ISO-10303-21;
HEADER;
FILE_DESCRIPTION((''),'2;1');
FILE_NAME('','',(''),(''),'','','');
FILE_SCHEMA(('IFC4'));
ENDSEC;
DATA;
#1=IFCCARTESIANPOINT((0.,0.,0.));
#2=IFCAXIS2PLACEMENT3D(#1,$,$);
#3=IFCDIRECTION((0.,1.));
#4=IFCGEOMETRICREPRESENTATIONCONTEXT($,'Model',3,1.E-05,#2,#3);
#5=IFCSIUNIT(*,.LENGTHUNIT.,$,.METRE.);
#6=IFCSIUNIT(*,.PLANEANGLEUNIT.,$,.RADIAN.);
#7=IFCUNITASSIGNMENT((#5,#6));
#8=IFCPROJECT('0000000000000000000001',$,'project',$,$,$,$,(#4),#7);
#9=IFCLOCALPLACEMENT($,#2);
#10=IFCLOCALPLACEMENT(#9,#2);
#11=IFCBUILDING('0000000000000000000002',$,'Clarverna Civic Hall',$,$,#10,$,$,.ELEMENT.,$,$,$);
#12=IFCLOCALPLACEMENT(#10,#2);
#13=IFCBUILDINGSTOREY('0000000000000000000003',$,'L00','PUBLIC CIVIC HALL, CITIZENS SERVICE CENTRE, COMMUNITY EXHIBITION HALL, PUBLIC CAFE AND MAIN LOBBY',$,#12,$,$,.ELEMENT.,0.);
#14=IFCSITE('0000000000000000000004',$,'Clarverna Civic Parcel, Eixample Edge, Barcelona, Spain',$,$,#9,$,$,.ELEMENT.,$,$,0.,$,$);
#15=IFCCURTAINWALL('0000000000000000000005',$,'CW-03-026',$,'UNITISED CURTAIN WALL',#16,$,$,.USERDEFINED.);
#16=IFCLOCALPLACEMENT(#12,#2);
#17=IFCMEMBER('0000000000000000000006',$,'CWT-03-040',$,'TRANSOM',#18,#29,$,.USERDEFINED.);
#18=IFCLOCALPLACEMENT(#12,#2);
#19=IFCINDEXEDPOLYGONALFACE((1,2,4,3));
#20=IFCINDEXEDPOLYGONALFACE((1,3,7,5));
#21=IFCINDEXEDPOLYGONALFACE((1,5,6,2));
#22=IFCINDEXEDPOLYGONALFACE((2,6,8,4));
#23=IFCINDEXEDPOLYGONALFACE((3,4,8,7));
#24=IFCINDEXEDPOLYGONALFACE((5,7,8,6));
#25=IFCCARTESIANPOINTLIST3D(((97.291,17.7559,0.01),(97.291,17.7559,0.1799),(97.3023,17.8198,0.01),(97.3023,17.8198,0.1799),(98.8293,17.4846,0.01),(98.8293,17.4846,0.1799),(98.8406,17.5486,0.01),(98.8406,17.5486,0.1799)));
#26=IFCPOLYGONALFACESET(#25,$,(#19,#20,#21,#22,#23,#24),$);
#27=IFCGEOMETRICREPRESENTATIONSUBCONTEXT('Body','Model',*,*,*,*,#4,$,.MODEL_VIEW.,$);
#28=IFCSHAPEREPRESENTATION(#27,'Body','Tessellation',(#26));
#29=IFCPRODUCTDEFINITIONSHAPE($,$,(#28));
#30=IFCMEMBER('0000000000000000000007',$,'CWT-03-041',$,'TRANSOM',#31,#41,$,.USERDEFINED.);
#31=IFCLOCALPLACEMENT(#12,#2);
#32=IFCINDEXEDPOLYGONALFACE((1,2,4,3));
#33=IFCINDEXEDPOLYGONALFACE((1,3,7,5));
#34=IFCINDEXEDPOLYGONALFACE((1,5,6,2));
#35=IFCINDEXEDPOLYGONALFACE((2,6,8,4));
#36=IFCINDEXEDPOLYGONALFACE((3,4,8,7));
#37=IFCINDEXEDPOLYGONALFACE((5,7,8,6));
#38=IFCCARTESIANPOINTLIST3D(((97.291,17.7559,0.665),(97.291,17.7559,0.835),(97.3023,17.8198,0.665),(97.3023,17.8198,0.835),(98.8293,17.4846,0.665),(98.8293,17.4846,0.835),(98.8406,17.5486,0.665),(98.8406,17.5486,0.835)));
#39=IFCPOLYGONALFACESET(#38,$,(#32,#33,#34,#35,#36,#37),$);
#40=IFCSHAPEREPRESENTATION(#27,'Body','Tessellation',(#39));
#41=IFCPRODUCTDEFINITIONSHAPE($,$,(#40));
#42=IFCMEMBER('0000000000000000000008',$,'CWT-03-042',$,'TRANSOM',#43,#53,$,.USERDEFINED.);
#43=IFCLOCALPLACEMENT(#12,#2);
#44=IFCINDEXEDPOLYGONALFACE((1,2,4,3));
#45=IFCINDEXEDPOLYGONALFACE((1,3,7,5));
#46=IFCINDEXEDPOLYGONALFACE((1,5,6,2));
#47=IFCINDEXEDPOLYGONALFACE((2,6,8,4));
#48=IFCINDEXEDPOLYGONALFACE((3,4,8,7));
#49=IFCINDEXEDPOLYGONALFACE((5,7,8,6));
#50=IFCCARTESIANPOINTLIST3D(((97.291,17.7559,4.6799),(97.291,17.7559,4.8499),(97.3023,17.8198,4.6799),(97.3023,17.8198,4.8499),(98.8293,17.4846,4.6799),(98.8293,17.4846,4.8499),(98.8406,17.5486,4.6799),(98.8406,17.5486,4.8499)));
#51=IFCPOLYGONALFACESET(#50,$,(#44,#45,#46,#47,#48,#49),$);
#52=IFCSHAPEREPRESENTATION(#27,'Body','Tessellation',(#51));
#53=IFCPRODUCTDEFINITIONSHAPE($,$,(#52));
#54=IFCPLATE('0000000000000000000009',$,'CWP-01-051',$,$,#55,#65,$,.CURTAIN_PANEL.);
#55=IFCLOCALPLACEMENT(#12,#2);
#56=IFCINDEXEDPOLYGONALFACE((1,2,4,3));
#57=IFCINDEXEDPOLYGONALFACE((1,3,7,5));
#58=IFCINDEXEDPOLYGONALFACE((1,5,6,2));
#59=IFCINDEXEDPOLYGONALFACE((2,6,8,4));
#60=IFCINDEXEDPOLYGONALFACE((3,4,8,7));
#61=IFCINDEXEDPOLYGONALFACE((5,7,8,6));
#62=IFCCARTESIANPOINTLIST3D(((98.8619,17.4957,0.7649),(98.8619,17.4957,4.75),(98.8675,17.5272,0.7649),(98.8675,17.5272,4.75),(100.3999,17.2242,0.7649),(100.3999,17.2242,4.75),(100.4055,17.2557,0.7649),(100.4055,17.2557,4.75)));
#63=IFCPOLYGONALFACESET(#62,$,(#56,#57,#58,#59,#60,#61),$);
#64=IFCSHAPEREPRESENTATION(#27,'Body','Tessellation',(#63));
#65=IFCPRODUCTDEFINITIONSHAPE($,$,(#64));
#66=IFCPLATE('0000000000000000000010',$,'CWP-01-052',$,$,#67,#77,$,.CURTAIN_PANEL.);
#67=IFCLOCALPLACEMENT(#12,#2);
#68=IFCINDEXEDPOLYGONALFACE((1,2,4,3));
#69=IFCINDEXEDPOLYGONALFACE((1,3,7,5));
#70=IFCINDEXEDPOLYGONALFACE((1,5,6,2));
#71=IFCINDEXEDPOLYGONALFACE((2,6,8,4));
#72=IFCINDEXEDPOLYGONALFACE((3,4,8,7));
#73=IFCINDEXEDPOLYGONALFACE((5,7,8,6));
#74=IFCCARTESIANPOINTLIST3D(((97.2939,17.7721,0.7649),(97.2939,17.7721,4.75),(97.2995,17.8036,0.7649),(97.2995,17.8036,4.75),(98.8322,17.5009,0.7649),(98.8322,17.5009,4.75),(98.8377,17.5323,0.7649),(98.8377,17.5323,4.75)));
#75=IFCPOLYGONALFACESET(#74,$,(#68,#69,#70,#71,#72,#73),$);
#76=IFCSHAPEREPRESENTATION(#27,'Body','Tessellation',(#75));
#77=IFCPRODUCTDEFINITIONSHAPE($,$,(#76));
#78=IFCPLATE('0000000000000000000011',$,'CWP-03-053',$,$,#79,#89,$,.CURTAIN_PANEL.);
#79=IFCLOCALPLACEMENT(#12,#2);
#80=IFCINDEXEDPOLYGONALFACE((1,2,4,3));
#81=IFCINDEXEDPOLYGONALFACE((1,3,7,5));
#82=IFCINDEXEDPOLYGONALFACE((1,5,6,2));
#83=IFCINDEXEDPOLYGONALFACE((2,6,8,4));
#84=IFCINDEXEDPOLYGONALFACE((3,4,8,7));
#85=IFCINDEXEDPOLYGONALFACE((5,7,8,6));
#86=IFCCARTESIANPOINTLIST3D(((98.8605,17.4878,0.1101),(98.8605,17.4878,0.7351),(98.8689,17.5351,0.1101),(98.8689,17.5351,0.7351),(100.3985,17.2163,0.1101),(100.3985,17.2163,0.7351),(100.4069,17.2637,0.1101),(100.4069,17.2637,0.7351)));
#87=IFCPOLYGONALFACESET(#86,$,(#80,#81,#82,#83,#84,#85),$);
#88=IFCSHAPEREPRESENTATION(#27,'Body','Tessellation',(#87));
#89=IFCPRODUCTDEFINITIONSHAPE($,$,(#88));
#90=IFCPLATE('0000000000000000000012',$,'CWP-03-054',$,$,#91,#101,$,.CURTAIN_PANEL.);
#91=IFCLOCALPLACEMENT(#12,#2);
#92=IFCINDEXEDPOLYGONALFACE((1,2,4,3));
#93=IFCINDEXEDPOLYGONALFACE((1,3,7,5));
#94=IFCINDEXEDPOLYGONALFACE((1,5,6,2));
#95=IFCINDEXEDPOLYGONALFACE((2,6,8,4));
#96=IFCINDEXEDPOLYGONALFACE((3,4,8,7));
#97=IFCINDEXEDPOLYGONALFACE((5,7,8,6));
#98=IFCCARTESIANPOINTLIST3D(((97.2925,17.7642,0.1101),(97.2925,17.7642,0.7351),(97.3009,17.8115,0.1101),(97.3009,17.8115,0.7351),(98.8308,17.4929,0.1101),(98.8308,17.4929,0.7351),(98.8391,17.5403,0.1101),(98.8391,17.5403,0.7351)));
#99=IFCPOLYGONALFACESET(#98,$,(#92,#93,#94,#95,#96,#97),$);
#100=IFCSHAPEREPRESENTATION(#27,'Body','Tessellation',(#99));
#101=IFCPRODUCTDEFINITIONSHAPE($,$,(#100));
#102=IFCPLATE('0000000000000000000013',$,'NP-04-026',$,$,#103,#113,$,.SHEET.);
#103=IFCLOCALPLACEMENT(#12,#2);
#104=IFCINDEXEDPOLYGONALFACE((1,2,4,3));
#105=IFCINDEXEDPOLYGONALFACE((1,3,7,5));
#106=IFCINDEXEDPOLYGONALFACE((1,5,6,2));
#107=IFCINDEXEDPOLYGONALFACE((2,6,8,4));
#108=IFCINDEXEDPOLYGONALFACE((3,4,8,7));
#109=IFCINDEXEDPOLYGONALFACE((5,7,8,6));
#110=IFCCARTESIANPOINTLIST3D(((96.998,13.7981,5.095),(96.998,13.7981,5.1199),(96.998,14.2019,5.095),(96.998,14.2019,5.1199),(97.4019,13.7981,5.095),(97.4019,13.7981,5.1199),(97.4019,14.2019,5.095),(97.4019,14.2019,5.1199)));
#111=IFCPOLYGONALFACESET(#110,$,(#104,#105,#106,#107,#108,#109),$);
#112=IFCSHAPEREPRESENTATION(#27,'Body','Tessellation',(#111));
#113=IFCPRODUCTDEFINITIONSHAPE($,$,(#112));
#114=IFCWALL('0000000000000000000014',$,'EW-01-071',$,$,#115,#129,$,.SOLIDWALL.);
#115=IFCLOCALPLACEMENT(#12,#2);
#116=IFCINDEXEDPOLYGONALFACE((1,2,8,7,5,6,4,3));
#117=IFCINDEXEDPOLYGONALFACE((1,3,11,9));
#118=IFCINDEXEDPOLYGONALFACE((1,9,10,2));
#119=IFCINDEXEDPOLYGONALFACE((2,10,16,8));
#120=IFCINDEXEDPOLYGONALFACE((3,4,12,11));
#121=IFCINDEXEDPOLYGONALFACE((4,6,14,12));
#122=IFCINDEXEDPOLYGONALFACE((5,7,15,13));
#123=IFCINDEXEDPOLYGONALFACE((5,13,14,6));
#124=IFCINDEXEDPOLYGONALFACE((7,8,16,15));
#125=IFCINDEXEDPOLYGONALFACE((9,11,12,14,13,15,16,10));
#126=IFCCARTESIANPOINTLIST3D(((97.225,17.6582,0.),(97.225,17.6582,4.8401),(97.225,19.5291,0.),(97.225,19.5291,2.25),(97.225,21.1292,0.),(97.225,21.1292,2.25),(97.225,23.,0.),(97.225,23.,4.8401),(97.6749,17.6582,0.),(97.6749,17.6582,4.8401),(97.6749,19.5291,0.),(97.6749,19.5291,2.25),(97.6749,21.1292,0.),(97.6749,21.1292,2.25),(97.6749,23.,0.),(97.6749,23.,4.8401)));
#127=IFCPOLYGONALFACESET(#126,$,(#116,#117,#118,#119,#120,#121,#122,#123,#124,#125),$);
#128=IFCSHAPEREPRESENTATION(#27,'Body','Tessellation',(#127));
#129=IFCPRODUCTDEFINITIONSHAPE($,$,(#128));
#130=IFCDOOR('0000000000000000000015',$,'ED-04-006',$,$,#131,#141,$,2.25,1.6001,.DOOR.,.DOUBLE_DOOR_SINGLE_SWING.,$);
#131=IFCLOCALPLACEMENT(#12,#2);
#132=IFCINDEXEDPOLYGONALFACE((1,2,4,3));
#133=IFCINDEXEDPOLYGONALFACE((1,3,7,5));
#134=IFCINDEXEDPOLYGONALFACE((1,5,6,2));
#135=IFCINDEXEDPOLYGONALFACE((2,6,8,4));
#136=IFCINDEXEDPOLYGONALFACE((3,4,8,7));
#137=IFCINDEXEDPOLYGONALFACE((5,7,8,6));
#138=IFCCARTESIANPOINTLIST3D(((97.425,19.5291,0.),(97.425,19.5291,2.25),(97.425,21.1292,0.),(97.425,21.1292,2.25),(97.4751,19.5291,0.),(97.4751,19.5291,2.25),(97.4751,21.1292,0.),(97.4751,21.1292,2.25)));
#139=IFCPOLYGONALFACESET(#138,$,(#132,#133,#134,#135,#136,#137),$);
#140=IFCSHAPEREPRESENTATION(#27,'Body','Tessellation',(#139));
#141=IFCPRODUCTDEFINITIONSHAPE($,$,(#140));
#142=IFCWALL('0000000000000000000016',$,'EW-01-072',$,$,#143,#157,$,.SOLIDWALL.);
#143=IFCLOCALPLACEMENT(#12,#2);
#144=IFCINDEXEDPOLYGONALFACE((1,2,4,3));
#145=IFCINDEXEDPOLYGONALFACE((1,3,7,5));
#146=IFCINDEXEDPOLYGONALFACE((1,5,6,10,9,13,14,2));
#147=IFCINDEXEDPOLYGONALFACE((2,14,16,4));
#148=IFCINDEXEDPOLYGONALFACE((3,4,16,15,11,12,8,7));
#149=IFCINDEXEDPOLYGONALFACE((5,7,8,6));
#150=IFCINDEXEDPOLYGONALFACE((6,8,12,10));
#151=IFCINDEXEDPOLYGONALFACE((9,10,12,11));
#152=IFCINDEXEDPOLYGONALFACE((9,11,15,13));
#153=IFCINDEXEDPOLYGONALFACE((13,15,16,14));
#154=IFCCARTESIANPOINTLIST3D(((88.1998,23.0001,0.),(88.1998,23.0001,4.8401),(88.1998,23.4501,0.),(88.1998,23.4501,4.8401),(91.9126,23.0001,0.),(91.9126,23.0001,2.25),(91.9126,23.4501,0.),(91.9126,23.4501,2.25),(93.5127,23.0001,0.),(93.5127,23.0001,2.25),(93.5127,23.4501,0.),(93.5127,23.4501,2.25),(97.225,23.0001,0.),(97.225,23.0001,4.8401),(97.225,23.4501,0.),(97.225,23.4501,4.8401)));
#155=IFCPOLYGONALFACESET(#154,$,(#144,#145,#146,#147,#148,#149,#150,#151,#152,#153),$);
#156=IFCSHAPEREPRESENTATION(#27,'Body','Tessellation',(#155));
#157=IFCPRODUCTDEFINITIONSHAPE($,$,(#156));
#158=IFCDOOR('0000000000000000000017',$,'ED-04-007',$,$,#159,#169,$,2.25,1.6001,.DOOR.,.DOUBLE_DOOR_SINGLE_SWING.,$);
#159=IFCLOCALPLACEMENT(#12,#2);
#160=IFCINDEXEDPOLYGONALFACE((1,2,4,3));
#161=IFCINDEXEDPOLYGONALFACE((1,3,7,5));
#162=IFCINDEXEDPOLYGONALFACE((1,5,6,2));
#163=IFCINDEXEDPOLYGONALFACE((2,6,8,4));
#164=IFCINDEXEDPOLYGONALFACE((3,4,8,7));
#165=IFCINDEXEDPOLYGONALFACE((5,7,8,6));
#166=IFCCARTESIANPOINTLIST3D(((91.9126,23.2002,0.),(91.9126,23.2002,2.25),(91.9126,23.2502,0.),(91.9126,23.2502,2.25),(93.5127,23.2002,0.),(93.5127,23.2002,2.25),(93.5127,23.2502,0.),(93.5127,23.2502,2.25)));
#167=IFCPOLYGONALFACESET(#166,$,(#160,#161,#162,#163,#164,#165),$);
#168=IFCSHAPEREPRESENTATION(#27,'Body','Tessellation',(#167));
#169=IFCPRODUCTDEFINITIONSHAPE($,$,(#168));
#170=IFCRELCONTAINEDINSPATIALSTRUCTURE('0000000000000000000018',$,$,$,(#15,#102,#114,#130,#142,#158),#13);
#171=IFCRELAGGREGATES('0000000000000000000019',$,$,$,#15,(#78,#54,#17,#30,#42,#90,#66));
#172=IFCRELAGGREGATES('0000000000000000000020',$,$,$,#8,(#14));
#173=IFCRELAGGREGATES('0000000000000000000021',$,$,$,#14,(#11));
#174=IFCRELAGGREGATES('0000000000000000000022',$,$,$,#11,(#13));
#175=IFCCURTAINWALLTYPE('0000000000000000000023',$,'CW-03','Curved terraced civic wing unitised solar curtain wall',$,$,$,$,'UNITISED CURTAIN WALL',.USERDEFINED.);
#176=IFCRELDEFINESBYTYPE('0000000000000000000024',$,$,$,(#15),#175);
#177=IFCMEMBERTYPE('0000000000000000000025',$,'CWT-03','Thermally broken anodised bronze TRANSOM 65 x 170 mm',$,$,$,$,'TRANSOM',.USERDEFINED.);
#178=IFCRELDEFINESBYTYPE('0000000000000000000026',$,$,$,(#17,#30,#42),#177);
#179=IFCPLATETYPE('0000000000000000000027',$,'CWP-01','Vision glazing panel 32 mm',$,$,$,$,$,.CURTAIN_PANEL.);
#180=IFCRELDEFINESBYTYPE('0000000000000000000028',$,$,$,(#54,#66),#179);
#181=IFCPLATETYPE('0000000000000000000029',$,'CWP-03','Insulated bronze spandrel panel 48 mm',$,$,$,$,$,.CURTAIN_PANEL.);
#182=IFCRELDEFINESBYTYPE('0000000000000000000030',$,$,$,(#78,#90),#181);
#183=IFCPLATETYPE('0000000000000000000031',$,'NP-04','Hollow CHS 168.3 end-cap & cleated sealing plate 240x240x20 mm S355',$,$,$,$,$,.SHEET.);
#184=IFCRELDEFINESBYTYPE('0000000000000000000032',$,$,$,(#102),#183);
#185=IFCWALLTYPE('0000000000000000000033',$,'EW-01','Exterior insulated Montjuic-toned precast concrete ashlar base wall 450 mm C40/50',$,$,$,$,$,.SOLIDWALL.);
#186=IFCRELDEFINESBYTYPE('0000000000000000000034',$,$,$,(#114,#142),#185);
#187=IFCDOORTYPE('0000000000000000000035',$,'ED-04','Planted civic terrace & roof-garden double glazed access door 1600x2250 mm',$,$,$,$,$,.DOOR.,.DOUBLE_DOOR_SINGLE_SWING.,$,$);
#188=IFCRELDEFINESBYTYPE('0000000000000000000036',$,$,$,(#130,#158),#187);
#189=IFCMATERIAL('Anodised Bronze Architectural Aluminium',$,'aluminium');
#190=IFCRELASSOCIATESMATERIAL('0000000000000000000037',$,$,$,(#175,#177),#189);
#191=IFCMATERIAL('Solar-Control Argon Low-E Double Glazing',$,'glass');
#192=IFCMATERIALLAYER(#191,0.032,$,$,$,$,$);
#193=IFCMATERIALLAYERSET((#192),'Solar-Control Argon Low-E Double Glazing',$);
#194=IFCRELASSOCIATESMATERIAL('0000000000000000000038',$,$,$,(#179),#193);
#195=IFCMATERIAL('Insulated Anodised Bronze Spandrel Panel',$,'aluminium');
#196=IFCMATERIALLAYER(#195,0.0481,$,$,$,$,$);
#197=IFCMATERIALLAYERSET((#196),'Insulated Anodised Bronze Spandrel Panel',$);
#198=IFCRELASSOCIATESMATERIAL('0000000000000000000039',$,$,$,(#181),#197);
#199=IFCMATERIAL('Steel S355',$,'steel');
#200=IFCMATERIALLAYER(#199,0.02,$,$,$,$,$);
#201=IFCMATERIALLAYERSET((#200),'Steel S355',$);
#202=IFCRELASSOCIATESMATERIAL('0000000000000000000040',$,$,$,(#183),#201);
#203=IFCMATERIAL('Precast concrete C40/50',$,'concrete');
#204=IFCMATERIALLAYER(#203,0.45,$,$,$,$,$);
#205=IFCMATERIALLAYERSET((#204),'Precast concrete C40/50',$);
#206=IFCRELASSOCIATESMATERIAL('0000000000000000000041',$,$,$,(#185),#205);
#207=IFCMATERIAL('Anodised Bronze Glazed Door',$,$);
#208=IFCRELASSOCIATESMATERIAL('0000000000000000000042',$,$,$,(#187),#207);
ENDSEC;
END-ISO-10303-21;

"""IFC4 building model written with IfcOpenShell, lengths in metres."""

from ifc_helpers import new_model, si_unit, direction, frame, frame_2d, origin, origin_2d, place, context, subcontext, project, spatial, rectangle, extrude, material, layer, layer_set, material_profile, profile_set, type_object, element, fill, aggregate, save


model = new_model("IFC4")

# Units and contexts
model_context = context("Model", 3, precision=1e-05, world=origin(), true_north=direction((0.0, 1.0)))
body_context = subcontext(model_context, "Body", "Model", "MODEL_VIEW")
ifc_project = project(units=[si_unit("LENGTHUNIT", "METRE"), si_unit("PLANEANGLEUNIT", "RADIAN")], contexts=[model_context])

# Site, building, storey
site_placement = place(None, origin())
site = spatial("IfcSite", under=ifc_project, at=site_placement, Name="Clarverna Civic Parcel, Eixample Edge, Barcelona, Spain", CompositionType="ELEMENT", RefElevation=0.0)
building_placement = place(site_placement, origin())
building = spatial("IfcBuilding", under=site, at=building_placement, Name="Clarverna Civic Hall", CompositionType="ELEMENT")
storey_placement = place(building_placement, origin())
storey = spatial("IfcBuildingStorey", under=building, at=storey_placement, Name="L00", Description="PUBLIC CIVIC HALL, CITIZENS SERVICE CENTRE, COMMUNITY EXHIBITION HALL, PUBLIC CAFE AND MAIN LOBBY", CompositionType="ELEMENT", Elevation=0.0)

# Shared definitions
ifc_material_1 = material(Name="Precast concrete C40/50", Category="concrete")
ifc_material_2 = material(Name="Steel S355", Category="steel")

# Shared definitions
ifc_material_3 = material(Name="Anodised Bronze Architectural Aluminium", Category="aluminium")
curtain_wall_type = type_object("IfcCurtainWallType", Name="CW-03", Description="Curved terraced civic wing unitised solar curtain wall", ElementType="UNITISED CURTAIN WALL", PredefinedType="USERDEFINED", material=ifc_material_3)

# Curtain wall, members, plates
curtain_wall_1_placement = place(storey_placement, origin())
curtain_wall_1 = element("IfcCurtainWall", 1, at=curtain_wall_1_placement, inside=storey, type_object=curtain_wall_type, Name="CW-03-026", ObjectType="UNITISED CURTAIN WALL", PredefinedType="USERDEFINED")
ifc_material_profile_1 = material_profile(ifc_material_3, rectangle(XDim=0.0649, YDim=0.1699, at=origin_2d()), Name="BRONZE 65x170")
ifc_profile_set_1 = profile_set([ifc_material_profile_1], Name="Anodised Bronze Architectural Aluminium")
member_type_1 = type_object("IfcMemberType", Name="CWT-03", Description="Thermally broken anodised bronze TRANSOM 65 x 170 mm", ElementType="TRANSOM", PredefinedType="USERDEFINED", material=ifc_profile_set_1)
member_1_placement = place(storey_placement, frame((98.835, 17.5166, 0.095), z_axis=(-0.984809, 0.173643, 0.0), x_axis=(-0.173643, -0.984809, 0.0)))
member_1 = element("IfcMember", 2, at=member_1_placement, type_object=member_type_1, Name="CWT-03-040", ObjectType="TRANSOM", PredefinedType="USERDEFINED", context=body_context, shape_type="SweptSolid", body=[
    extrude(rectangle(XDim=0.0649, YDim=0.1699, at=origin_2d()), origin(), (0.0, 0.0, 1.0), 1.562),
])
member_2_placement = place(storey_placement, frame((98.835, 17.5166, 0.75), z_axis=(-0.984809, 0.173643, 0.0), x_axis=(-0.173643, -0.984809, 0.0)))
member_2 = element("IfcMember", 3, at=member_2_placement, type_object=member_type_1, Name="CWT-03-041", ObjectType="TRANSOM", PredefinedType="USERDEFINED", context=body_context, shape_type="SweptSolid", body=[
    extrude(rectangle(XDim=0.0649, YDim=0.1699, at=origin_2d()), origin(), (0.0, 0.0, 1.0), 1.562),
])
member_3_placement = place(storey_placement, frame((98.835, 17.5166, 4.7649), z_axis=(-0.984809, 0.173643, 0.0), x_axis=(-0.173643, -0.984809, 0.0)))
member_3 = element("IfcMember", 4, at=member_3_placement, type_object=member_type_1, Name="CWT-03-042", ObjectType="TRANSOM", PredefinedType="USERDEFINED", context=body_context, shape_type="SweptSolid", body=[
    extrude(rectangle(XDim=0.0649, YDim=0.1699, at=origin_2d()), origin(), (0.0, 0.0, 1.0), 1.562),
])
ifc_material_4 = material(Name="Solar-Control Argon Low-E Double Glazing", Category="glass")
ifc_layer_1 = layer(ifc_material_4, 0.032)
ifc_layer_set_1 = layer_set([ifc_layer_1], Name="Solar-Control Argon Low-E Double Glazing")
plate_type_1 = type_object("IfcPlateType", Name="CWP-01", Description="Vision glazing panel 32 mm", PredefinedType="CURTAIN_PANEL", material=ifc_layer_set_1)
plate_1_placement = place(storey_placement, frame((100.4026, 17.24, 0.7649), z_axis=(0.0, 0.0, 1.0), x_axis=(-0.984777, 0.173821, 0.0)))
plate_1 = element("IfcPlate", 5, at=plate_1_placement, type_object=plate_type_1, Name="CWP-01-051", PredefinedType="CURTAIN_PANEL", context=body_context, shape_type="SweptSolid", body=[
    extrude(rectangle(XDim=1.5618, YDim=0.032, at=frame_2d((0.7808, 0.0))), origin(), (0.0, 0.0, 1.0), 3.9851),
])
plate_2_placement = place(storey_placement, frame((98.835, 17.5166, 0.7649), z_axis=(0.0, 0.0, 1.0), x_axis=(-0.984809, 0.173643, 0.0)))
plate_2 = element("IfcPlate", 6, at=plate_2_placement, type_object=plate_type_1, Name="CWP-01-052", PredefinedType="CURTAIN_PANEL", context=body_context, shape_type="SweptSolid", body=[
    extrude(rectangle(XDim=1.562, YDim=0.032, at=frame_2d((0.781, 0.0))), origin(), (0.0, 0.0, 1.0), 3.9851),
])
ifc_material_5 = material(Name="Insulated Anodised Bronze Spandrel Panel", Category="aluminium")
ifc_layer_2 = layer(ifc_material_5, 0.0481)
ifc_layer_set_2 = layer_set([ifc_layer_2], Name="Insulated Anodised Bronze Spandrel Panel")
plate_type_2 = type_object("IfcPlateType", Name="CWP-03", Description="Insulated bronze spandrel panel 48 mm", PredefinedType="CURTAIN_PANEL", material=ifc_layer_set_2)
plate_3_placement = place(storey_placement, frame((100.4026, 17.24, 0.1101), z_axis=(0.0, 0.0, 1.0), x_axis=(-0.984777, 0.173821, 0.0)))
plate_3 = element("IfcPlate", 7, at=plate_3_placement, type_object=plate_type_2, Name="CWP-03-053", PredefinedType="CURTAIN_PANEL", context=body_context, shape_type="SweptSolid", body=[
    extrude(rectangle(XDim=1.5618, YDim=0.0481, at=frame_2d((0.7808, 0.0))), origin(), (0.0, 0.0, 1.0), 0.625),
])
plate_4_placement = place(storey_placement, frame((98.835, 17.5166, 0.1101), z_axis=(0.0, 0.0, 1.0), x_axis=(-0.984809, 0.173643, 0.0)))
plate_4 = element("IfcPlate", 8, at=plate_4_placement, type_object=plate_type_2, Name="CWP-03-054", PredefinedType="CURTAIN_PANEL", context=body_context, shape_type="SweptSolid", body=[
    extrude(rectangle(XDim=1.562, YDim=0.0481, at=frame_2d((0.781, 0.0))), origin(), (0.0, 0.0, 1.0), 0.625),
])
aggregate(curtain_wall_1, [plate_3, plate_1, member_1, member_2, member_3, plate_4, plate_2])

# Plate
ifc_layer_3 = layer(ifc_material_2, 0.02)
ifc_layer_set_3 = layer_set([ifc_layer_3], Name="Steel S355")
plate_type_3 = type_object("IfcPlateType", Name="NP-04", Description="Hollow CHS 168.3 end-cap & cleated sealing plate 240x240x20 mm S355", PredefinedType="SHEET", material=ifc_layer_set_3)
plate_5_placement = place(storey_placement, frame((97.2, 14.0, 5.095), z_axis=(0.0, 0.0, 1.0), x_axis=(1.0, 0.0, 0.0)))
element("IfcPlate", 9, at=plate_5_placement, inside=storey, type_object=plate_type_3, Name="NP-04-026", PredefinedType="SHEET", context=body_context, shape_type="SweptSolid", body=[
    extrude(rectangle(XDim=0.4038, YDim=0.4038, at=origin_2d()), origin(), (0.0, 0.0, 1.0), 0.0249),
])

# Walls, openings, doors
ifc_layer_4 = layer(ifc_material_1, 0.45)
ifc_layer_set_4 = layer_set([ifc_layer_4], Name="Precast concrete C40/50")
wall_type = type_object("IfcWallType", Name="EW-01", Description="Exterior insulated Montjuic-toned precast concrete ashlar base wall 450 mm C40/50", PredefinedType="SOLIDWALL", material=ifc_layer_set_4)
wall_1_placement = place(storey_placement, frame((97.45, 17.6582, 0.0), z_axis=(0.0, 0.0, 1.0), x_axis=(0.0, 1.0, 0.0)))
wall_1 = element("IfcWall", 10, at=wall_1_placement, inside=storey, type_object=wall_type, Name="EW-01-071", PredefinedType="SOLIDWALL", context=body_context, shape_type="SweptSolid", body=[
    extrude(rectangle(XDim=5.3418, YDim=0.45, at=frame_2d((2.6709, 0.0))), origin(), (0.0, 0.0, 1.0), 4.8401),
])
opening_1_placement = place(wall_1_placement, frame((1.8708, 0.0, 0.0)))
opening_1 = element("IfcOpeningElement", 11, at=opening_1_placement, cuts=wall_1, PredefinedType="OPENING", context=body_context, shape_type="SweptSolid", body=[
    extrude(rectangle(XDim=1.6001, YDim=2.25, at=frame_2d((0.8, 1.125))), frame((0.0, 0.2349, 0.0), z_axis=(0.0, -1.0, 0.0), x_axis=(1.0, 0.0, 0.0)), (0.0, 0.0, 1.0), 0.47),
])
ifc_material_6 = material(Name="Anodised Bronze Glazed Door")
door_type = type_object("IfcDoorType", Name="ED-04", Description="Planted civic terrace & roof-garden double glazed access door 1600x2250 mm", OperationType="DOUBLE_DOOR_SINGLE_SWING", PredefinedType="DOOR", material=ifc_material_6)
door_1_placement = place(opening_1_placement, origin())
door_1 = element("IfcDoor", 12, at=door_1_placement, inside=storey, type_object=door_type, Name="ED-04-006", OperationType="DOUBLE_DOOR_SINGLE_SWING", OverallHeight=2.25, OverallWidth=1.6001, PredefinedType="DOOR", context=body_context, shape_type="SweptSolid", body=[
    extrude(rectangle(XDim=1.6001, YDim=2.25, at=frame_2d((0.8, 1.125))), frame((0.0, 0.0249, 0.0), z_axis=(0.0, -1.0, 0.0), x_axis=(1.0, 0.0, 0.0)), (0.0, 0.0, 1.0), 0.05),
])
fill(opening_1, door_1)
wall_2_placement = place(storey_placement, frame((97.2251, 23.2251, 0.0), z_axis=(0.0, 0.0, 1.0), x_axis=(-1.0, 0.0, 0.0)))
wall_2 = element("IfcWall", 13, at=wall_2_placement, inside=storey, type_object=wall_type, Name="EW-01-072", PredefinedType="SOLIDWALL", context=body_context, shape_type="SweptSolid", body=[
    extrude(rectangle(XDim=9.0251, YDim=0.45, at=frame_2d((4.5127, 0.0))), origin(), (0.0, 0.0, 1.0), 4.8401),
])
opening_2_placement = place(wall_2_placement, frame((3.7124, 0.0, 0.0)))
opening_2 = element("IfcOpeningElement", 14, at=opening_2_placement, cuts=wall_2, PredefinedType="OPENING", context=body_context, shape_type="SweptSolid", body=[
    extrude(rectangle(XDim=1.6001, YDim=2.25, at=frame_2d((0.8, 1.125))), frame((0.0, 0.2349, 0.0), z_axis=(0.0, -1.0, 0.0), x_axis=(1.0, 0.0, 0.0)), (0.0, 0.0, 1.0), 0.47),
])
door_2_placement = place(opening_2_placement, origin())
door_2 = element("IfcDoor", 15, at=door_2_placement, inside=storey, type_object=door_type, Name="ED-04-007", OperationType="DOUBLE_DOOR_SINGLE_SWING", OverallHeight=2.25, OverallWidth=1.6001, PredefinedType="DOOR", context=body_context, shape_type="SweptSolid", body=[
    extrude(rectangle(XDim=1.6001, YDim=2.25, at=frame_2d((0.8, 1.125))), frame((0.0, 0.0249, 0.0), z_axis=(0.0, -1.0, 0.0), x_axis=(1.0, 0.0, 0.0)), (0.0, 0.0, 1.0), 0.05),
])
fill(opening_2, door_2)

save(model, "model.ifc")
